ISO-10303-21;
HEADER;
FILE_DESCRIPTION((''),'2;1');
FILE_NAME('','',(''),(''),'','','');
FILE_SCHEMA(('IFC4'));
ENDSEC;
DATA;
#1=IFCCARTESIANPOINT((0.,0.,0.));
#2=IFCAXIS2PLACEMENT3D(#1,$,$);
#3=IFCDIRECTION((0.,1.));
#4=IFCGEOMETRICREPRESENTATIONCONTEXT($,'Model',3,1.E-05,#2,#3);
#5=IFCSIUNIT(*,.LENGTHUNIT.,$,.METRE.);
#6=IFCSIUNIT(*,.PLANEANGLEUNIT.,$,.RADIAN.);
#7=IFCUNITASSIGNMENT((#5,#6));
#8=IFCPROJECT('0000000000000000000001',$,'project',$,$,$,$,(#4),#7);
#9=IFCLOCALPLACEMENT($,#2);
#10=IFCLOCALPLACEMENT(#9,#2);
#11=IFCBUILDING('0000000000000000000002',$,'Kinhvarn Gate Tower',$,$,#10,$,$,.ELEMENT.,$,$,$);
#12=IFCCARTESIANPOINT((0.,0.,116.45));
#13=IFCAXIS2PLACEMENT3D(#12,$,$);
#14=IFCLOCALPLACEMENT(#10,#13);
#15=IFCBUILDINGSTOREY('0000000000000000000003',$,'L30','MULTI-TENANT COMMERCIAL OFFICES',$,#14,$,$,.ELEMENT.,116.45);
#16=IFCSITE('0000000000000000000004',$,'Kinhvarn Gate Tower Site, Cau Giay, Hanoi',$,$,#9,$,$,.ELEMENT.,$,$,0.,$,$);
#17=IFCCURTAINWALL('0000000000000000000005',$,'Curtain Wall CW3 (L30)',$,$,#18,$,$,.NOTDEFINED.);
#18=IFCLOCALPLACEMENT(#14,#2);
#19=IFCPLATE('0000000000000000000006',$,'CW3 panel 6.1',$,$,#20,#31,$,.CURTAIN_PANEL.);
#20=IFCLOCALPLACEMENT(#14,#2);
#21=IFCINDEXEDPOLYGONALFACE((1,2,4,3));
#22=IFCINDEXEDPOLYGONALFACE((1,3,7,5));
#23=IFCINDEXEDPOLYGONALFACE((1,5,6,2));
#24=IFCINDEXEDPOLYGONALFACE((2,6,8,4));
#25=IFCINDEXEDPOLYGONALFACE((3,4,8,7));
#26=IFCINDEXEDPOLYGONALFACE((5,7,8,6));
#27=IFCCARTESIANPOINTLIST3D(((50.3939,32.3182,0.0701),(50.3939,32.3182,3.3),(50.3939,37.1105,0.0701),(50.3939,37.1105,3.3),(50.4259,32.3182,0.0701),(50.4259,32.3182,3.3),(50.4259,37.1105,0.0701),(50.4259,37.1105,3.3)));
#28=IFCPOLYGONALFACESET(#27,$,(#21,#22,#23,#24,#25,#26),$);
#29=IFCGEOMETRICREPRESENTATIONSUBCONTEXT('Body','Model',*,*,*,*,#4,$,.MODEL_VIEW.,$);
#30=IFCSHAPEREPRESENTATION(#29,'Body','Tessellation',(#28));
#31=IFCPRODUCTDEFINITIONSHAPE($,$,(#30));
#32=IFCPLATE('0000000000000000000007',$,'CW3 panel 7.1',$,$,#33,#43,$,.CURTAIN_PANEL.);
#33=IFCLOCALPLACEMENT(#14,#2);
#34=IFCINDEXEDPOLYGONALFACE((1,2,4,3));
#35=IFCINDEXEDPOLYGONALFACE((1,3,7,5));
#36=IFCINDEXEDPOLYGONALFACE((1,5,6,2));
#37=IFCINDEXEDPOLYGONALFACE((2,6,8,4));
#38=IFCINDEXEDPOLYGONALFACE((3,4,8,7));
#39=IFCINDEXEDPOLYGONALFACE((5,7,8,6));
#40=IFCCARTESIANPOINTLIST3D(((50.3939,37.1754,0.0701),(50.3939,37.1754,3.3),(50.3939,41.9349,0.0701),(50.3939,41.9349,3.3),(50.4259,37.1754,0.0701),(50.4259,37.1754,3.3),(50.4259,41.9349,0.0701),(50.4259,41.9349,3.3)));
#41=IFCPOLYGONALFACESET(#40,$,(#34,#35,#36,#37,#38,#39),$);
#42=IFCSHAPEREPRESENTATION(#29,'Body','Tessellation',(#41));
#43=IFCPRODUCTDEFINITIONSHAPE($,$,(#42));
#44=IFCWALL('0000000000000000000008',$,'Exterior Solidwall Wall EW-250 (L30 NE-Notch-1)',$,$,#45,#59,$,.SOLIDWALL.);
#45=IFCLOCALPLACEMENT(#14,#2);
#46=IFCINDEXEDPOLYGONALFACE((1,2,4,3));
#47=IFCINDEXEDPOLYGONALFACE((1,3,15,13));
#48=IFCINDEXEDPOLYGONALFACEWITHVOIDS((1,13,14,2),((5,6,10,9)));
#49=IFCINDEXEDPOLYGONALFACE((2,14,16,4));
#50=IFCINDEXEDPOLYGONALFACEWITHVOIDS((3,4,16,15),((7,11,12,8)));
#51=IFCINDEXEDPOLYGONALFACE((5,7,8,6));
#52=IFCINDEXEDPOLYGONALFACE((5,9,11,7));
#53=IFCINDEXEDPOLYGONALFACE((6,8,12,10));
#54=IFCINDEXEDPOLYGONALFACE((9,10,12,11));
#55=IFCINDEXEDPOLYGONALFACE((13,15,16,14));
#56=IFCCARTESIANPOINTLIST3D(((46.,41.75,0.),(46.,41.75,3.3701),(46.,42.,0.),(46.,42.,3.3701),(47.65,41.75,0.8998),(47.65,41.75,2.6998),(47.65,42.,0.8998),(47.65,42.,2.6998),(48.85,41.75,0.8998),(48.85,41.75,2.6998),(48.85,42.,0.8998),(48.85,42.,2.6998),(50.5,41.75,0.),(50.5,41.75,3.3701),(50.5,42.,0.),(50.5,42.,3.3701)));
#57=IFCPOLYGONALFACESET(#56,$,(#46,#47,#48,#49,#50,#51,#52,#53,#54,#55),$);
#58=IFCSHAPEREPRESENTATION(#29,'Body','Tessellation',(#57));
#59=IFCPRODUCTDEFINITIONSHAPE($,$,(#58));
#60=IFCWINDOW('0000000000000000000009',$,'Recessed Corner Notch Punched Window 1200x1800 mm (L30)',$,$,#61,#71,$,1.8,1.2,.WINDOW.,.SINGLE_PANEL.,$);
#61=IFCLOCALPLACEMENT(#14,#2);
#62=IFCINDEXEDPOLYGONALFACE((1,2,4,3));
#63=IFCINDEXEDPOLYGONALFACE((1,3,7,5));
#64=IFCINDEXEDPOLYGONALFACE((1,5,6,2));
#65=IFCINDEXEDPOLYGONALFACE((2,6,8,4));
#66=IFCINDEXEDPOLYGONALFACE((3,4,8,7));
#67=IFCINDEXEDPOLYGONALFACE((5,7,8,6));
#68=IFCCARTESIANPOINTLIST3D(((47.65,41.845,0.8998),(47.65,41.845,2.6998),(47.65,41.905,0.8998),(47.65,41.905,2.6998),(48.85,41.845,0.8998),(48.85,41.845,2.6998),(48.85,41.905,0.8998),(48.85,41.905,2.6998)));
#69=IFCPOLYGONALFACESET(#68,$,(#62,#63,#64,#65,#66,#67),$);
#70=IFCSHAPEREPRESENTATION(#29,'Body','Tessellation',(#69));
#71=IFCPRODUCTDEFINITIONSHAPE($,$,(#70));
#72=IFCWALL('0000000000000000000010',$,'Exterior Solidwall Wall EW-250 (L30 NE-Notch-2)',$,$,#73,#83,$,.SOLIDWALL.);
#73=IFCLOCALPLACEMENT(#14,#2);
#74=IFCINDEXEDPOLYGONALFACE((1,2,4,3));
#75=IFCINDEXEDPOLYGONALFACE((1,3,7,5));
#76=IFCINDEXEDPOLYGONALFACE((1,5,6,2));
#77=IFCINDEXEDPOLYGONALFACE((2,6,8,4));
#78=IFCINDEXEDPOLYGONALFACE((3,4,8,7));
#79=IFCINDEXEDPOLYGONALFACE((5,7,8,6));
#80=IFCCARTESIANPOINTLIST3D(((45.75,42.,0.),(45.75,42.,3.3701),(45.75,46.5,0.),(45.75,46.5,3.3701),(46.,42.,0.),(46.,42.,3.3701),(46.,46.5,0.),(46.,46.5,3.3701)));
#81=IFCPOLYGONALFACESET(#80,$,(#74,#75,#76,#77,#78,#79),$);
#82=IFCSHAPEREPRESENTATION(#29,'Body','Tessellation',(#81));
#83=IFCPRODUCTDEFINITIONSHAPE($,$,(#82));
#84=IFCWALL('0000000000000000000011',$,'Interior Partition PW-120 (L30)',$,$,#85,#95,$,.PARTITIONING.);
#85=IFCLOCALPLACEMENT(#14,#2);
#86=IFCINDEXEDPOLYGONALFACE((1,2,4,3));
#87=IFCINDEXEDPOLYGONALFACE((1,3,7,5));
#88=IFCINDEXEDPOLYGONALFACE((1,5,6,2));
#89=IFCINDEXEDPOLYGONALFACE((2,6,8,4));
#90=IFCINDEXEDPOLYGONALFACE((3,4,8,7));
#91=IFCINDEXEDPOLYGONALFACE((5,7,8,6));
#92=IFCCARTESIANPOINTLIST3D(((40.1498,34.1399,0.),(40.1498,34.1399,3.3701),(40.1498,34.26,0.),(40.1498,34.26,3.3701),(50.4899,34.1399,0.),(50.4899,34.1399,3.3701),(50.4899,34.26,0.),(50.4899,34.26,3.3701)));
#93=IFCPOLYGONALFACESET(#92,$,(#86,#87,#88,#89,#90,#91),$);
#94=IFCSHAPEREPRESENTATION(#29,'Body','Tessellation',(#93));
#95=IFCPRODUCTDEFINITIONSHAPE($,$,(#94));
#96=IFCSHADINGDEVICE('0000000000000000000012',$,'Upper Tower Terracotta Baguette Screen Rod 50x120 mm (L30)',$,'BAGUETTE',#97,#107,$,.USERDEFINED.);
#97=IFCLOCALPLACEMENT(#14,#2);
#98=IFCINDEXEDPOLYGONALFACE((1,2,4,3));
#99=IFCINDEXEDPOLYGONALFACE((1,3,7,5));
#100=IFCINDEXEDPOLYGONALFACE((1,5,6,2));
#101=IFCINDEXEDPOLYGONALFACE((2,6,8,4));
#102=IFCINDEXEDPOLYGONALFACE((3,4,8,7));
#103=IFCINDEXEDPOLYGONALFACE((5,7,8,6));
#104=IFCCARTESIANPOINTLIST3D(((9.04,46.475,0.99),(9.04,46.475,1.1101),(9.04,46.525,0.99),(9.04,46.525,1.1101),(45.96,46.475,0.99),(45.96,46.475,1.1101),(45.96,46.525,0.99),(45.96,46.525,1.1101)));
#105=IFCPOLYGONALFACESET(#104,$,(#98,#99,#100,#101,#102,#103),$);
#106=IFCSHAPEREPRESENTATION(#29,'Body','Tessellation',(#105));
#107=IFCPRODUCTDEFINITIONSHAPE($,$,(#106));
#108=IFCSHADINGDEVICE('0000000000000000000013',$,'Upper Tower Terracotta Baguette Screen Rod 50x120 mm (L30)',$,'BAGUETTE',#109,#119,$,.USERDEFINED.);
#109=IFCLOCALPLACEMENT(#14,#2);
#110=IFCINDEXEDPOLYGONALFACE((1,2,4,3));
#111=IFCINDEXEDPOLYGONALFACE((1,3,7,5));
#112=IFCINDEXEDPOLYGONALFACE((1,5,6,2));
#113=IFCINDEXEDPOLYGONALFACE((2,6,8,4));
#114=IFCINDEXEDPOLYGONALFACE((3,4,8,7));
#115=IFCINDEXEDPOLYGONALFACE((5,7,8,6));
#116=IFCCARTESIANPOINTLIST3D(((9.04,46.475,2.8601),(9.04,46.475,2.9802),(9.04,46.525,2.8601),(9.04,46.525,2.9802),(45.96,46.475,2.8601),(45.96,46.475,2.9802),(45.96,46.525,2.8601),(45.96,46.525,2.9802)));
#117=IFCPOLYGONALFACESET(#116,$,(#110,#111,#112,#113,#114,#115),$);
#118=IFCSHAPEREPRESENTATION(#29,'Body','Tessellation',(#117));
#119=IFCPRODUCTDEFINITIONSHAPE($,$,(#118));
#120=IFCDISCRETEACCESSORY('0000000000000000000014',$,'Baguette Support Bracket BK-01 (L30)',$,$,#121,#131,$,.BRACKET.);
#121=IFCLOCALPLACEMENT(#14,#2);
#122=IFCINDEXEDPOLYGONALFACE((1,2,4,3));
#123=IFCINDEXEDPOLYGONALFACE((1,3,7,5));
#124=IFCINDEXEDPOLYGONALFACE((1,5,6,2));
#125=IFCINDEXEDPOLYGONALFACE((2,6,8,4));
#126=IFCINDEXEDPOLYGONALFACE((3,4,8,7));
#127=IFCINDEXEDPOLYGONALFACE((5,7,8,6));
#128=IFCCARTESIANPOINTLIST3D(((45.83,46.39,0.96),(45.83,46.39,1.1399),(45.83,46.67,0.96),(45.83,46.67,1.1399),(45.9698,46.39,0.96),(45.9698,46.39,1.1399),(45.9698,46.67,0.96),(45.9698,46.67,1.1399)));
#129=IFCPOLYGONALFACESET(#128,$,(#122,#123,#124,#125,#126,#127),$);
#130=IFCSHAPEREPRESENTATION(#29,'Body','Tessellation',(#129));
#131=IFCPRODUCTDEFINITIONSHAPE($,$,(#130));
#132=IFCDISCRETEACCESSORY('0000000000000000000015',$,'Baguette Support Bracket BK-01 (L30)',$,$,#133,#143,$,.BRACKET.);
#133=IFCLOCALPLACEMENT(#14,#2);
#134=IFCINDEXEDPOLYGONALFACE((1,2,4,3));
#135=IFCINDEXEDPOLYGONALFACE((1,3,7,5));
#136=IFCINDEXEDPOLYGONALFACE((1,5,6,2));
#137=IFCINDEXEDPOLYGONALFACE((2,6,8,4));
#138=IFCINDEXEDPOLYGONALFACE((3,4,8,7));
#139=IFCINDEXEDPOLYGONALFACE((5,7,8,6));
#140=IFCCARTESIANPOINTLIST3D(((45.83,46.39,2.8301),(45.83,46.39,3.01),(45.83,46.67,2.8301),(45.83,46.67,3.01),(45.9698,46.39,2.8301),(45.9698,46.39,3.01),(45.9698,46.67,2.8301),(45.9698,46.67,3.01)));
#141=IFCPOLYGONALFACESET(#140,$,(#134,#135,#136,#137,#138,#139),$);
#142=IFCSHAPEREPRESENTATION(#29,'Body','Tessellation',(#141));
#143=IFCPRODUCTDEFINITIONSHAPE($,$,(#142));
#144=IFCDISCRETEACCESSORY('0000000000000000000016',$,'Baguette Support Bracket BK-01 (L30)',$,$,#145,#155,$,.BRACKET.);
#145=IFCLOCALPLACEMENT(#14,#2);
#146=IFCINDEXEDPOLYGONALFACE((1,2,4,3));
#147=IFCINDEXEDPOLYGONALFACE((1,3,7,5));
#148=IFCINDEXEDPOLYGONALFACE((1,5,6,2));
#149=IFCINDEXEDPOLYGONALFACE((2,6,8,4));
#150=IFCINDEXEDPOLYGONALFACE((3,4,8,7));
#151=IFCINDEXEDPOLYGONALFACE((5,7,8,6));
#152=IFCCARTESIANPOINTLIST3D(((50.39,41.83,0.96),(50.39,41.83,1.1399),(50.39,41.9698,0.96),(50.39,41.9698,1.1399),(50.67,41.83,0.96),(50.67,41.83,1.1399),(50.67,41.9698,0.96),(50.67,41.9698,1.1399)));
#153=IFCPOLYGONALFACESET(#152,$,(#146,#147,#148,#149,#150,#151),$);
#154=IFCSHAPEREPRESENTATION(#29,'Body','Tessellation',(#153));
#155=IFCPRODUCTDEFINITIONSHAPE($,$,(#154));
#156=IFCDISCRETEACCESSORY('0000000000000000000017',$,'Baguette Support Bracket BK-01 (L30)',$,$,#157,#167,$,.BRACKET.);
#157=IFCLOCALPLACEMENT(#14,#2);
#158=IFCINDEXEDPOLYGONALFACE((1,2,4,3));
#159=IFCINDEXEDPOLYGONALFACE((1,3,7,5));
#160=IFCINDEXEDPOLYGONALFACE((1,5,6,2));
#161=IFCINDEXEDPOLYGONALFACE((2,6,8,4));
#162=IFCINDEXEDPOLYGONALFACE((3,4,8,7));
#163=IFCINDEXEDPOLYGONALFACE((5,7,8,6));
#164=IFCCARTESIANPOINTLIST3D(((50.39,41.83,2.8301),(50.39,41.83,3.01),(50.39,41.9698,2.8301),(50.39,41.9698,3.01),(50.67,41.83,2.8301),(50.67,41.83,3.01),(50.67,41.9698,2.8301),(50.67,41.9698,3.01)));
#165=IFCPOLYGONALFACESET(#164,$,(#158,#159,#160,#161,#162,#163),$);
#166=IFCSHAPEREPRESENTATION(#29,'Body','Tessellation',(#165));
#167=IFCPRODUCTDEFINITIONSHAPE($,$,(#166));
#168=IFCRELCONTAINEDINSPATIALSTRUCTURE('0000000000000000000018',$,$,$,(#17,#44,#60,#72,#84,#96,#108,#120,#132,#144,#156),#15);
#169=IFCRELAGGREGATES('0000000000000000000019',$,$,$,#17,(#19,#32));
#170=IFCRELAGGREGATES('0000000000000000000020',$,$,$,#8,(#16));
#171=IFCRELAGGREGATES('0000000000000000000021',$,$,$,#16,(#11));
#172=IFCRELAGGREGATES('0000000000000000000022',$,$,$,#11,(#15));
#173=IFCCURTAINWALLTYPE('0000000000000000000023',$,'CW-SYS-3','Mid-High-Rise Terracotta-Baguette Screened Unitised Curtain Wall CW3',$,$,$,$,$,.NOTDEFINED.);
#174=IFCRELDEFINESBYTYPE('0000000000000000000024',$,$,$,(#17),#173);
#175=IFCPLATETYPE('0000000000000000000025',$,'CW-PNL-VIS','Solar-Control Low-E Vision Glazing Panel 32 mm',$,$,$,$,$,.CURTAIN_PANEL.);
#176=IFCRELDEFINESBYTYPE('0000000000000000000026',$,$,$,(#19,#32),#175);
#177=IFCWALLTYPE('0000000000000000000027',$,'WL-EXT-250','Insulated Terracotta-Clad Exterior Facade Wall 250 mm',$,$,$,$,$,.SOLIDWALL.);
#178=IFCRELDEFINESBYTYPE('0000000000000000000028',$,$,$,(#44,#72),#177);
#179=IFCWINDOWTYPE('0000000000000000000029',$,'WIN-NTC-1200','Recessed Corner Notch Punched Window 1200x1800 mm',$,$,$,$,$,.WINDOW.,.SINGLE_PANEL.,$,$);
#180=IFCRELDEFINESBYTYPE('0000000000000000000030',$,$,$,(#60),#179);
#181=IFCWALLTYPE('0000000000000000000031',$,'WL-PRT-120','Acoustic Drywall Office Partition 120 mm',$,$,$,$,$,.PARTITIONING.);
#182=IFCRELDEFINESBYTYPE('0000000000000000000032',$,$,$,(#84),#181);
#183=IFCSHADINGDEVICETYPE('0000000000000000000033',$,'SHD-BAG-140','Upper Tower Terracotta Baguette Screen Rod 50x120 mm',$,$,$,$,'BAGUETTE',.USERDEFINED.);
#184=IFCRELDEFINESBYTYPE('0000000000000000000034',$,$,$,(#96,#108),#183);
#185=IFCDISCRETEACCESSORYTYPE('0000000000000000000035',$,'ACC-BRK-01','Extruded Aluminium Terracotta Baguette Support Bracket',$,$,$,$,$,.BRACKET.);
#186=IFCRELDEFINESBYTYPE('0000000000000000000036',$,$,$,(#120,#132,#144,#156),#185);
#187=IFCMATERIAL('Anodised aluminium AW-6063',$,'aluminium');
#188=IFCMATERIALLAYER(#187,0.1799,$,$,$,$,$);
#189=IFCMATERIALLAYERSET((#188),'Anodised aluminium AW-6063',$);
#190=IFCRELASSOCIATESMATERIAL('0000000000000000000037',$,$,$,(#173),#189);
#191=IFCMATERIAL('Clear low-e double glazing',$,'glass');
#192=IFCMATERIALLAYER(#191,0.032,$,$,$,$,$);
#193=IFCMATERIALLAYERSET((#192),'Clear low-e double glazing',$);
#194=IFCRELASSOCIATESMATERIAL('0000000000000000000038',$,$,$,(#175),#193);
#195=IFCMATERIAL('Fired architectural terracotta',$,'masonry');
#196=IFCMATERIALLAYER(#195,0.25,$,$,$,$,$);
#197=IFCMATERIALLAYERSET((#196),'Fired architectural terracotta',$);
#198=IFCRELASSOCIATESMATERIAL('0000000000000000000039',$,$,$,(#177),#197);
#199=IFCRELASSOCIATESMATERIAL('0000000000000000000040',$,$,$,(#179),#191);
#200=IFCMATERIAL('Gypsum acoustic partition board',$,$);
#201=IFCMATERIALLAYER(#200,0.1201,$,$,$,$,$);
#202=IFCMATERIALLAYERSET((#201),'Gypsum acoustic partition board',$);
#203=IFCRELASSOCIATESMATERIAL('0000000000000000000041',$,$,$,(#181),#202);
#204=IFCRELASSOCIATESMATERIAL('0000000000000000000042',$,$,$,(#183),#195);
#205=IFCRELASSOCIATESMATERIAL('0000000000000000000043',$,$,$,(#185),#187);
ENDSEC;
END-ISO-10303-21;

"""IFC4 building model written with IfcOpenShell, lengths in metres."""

from ifc_helpers import new_model, si_unit, direction, frame, frame_2d, origin, origin_2d, place, context, subcontext, project, spatial, rectangle, extrude, material, layer, layer_set, material_profile, profile_set, type_object, element, fill, aggregate, save


model = new_model("IFC4")

# Units and contexts
model_context = context("Model", 3, precision=1e-05, world=origin(), true_north=direction((0.0, 1.0)))
body_context = subcontext(model_context, "Body", "Model", "MODEL_VIEW")
ifc_project = project(units=[si_unit("LENGTHUNIT", "METRE"), si_unit("PLANEANGLEUNIT", "RADIAN")], contexts=[model_context])

# Site, building, storey
site_placement = place(None, origin())
site = spatial("IfcSite", under=ifc_project, at=site_placement, Name="Kinhvarn Gate Tower Site, Cau Giay, Hanoi", CompositionType="ELEMENT", RefElevation=0.0)
building_placement = place(site_placement, origin())
building = spatial("IfcBuilding", under=site, at=building_placement, Name="Kinhvarn Gate Tower", CompositionType="ELEMENT")
storey_placement = place(building_placement, frame((0.0, 0.0, 116.45)))
storey = spatial("IfcBuildingStorey", under=building, at=storey_placement, Name="L30", Description="MULTI-TENANT COMMERCIAL OFFICES", CompositionType="ELEMENT", Elevation=116.45)

# Curtain wall
ifc_material_1 = material(Name="Anodised aluminium AW-6063", Category="aluminium")
ifc_layer_1 = layer(ifc_material_1, 0.1799)
ifc_layer_set_1 = layer_set([ifc_layer_1], Name="Anodised aluminium AW-6063")
curtain_wall_type = type_object("IfcCurtainWallType", Name="CW-SYS-3", Description="Mid-High-Rise Terracotta-Baguette Screened Unitised Curtain Wall CW3", PredefinedType="NOTDEFINED", material=ifc_layer_set_1)
curtain_wall_1_placement = place(storey_placement, origin())
curtain_wall_1 = element("IfcCurtainWall", 1, at=curtain_wall_1_placement, inside=storey, type_object=curtain_wall_type, Name="Curtain Wall CW3 (L30)", PredefinedType="NOTDEFINED")

# Plates
ifc_material_2 = material(Name="Clear low-e double glazing", Category="glass")
ifc_layer_2 = layer(ifc_material_2, 0.032)
ifc_layer_set_2 = layer_set([ifc_layer_2], Name="Clear low-e double glazing")
plate_type = type_object("IfcPlateType", Name="CW-PNL-VIS", Description="Solar-Control Low-E Vision Glazing Panel 32 mm", PredefinedType="CURTAIN_PANEL", material=ifc_layer_set_2)
plate_1_placement = place(storey_placement, frame((50.4099, 34.7144, 0.0701), z_axis=(0.0, 0.0, 1.0), x_axis=(0.0, 1.0, 0.0)))
plate_1 = element("IfcPlate", 2, at=plate_1_placement, type_object=plate_type, Name="CW3 panel 6.1", PredefinedType="CURTAIN_PANEL", context=body_context, shape_type="SweptSolid", body=[
    extrude(rectangle(XDim=4.7922, YDim=0.032, at=origin_2d()), origin(), (0.0, 0.0, 1.0), 3.23),
])
plate_2_placement = place(storey_placement, frame((50.4099, 39.5552, 0.0701), z_axis=(0.0, 0.0, 1.0), x_axis=(0.0, 1.0, 0.0)))
plate_2 = element("IfcPlate", 3, at=plate_2_placement, type_object=plate_type, Name="CW3 panel 7.1", PredefinedType="CURTAIN_PANEL", context=body_context, shape_type="SweptSolid", body=[
    extrude(rectangle(XDim=4.7595, YDim=0.032, at=origin_2d()), origin(), (0.0, 0.0, 1.0), 3.23),
])
aggregate(curtain_wall_1, [plate_1, plate_2])

# Wall, opening, window
ifc_material_3 = material(Name="Fired architectural terracotta", Category="masonry")
ifc_layer_3 = layer(ifc_material_3, 0.25)
ifc_layer_set_3 = layer_set([ifc_layer_3], Name="Fired architectural terracotta")
wall_type_1 = type_object("IfcWallType", Name="WL-EXT-250", Description="Insulated Terracotta-Clad Exterior Facade Wall 250 mm", PredefinedType="SOLIDWALL", material=ifc_layer_set_3)
wall_1_placement = place(storey_placement, frame((50.5, 41.875, 0.0), z_axis=(0.0, 0.0, 1.0), x_axis=(-1.0, 0.0, 0.0)))
wall_1 = element("IfcWall", 4, at=wall_1_placement, inside=storey, type_object=wall_type_1, Name="Exterior Solidwall Wall EW-250 (L30 NE-Notch-1)", PredefinedType="SOLIDWALL", context=body_context, shape_type="SweptSolid", body=[
    extrude(rectangle(XDim=4.5, YDim=0.25, at=frame_2d((2.25, 0.0))), origin(), (0.0, 0.0, 1.0), 3.3701),
])
opening_placement = place(wall_1_placement, frame((1.6499, 0.0, 0.8999)))
opening = element("IfcOpeningElement", 5, at=opening_placement, cuts=wall_1, PredefinedType="OPENING", context=body_context, shape_type="SweptSolid", body=[
    extrude(rectangle(XDim=1.2, YDim=1.8, at=frame_2d((0.6001, 0.8999))), frame((0.0, 0.135, 0.0), z_axis=(0.0, -1.0, 0.0), x_axis=(1.0, 0.0, 0.0)), (0.0, 0.0, 1.0), 0.27),
])
window_type = type_object("IfcWindowType", Name="WIN-NTC-1200", Description="Recessed Corner Notch Punched Window 1200x1800 mm", PartitioningType="SINGLE_PANEL", PredefinedType="WINDOW", material=ifc_material_2)
window_placement = place(opening_placement, origin())
window = element("IfcWindow", 6, at=window_placement, inside=storey, type_object=window_type, Name="Recessed Corner Notch Punched Window 1200x1800 mm (L30)", OverallHeight=1.8, OverallWidth=1.2, PartitioningType="SINGLE_PANEL", PredefinedType="WINDOW", context=body_context, shape_type="SweptSolid", body=[
    extrude(rectangle(XDim=1.2, YDim=1.8, at=frame_2d((0.6001, 0.8999))), frame((0.0, 0.03, 0.0), z_axis=(0.0, -1.0, 0.0), x_axis=(1.0, 0.0, 0.0)), (0.0, 0.0, 1.0), 0.0601),
])
fill(opening, window)

# Walls
wall_2_placement = place(storey_placement, frame((45.875, 42.0, 0.0), z_axis=(0.0, 0.0, 1.0), x_axis=(0.0, 1.0, 0.0)))
element("IfcWall", 7, at=wall_2_placement, inside=storey, type_object=wall_type_1, Name="Exterior Solidwall Wall EW-250 (L30 NE-Notch-2)", PredefinedType="SOLIDWALL", context=body_context, shape_type="SweptSolid", body=[
    extrude(rectangle(XDim=4.5, YDim=0.25, at=frame_2d((2.25, 0.0))), origin(), (0.0, 0.0, 1.0), 3.3701),
])
ifc_material_4 = material(Name="Gypsum acoustic partition board")
ifc_layer_4 = layer(ifc_material_4, 0.1201)
ifc_layer_set_4 = layer_set([ifc_layer_4], Name="Gypsum acoustic partition board")
wall_type_2 = type_object("IfcWallType", Name="WL-PRT-120", Description="Acoustic Drywall Office Partition 120 mm", PredefinedType="PARTITIONING", material=ifc_layer_set_4)
wall_3_placement = place(storey_placement, frame((40.1499, 34.2, 0.0), z_axis=(0.0, 0.0, 1.0), x_axis=(1.0, 0.0, 0.0)))
element("IfcWall", 8, at=wall_3_placement, inside=storey, type_object=wall_type_2, Name="Interior Partition PW-120 (L30)", PredefinedType="PARTITIONING", context=body_context, shape_type="SweptSolid", body=[
    extrude(rectangle(XDim=10.3401, YDim=0.1201, at=frame_2d((5.1699, 0.0))), origin(), (0.0, 0.0, 1.0), 3.3701),
])

# Shading devices
ifc_material_profile_1 = material_profile(ifc_material_3, rectangle(XDim=0.05, YDim=0.1201, at=origin_2d()), Name="TC 50x120")
ifc_profile_set_1 = profile_set([ifc_material_profile_1], Name="Fired architectural terracotta")
shading_device_type = type_object("IfcShadingDeviceType", Name="SHD-BAG-140", Description="Upper Tower Terracotta Baguette Screen Rod 50x120 mm", ElementType="BAGUETTE", PredefinedType="USERDEFINED", material=ifc_profile_set_1)
for number, where, z_axis, x_axis, name in (
    (9, (45.96, 46.5, 1.05), (-1.0, 0.0, 0.0), (0.0, -1.0, 0.0), "Upper Tower Terracotta Baguette Screen Rod 50x120 mm (L30)"),
    (10, (45.96, 46.5, 2.9202), (-1.0, 0.0, 0.0), (0.0, -1.0, 0.0), "Upper Tower Terracotta Baguette Screen Rod 50x120 mm (L30)"),
):
    element("IfcShadingDevice", number, at=place(storey_placement, frame(where, z_axis=z_axis, x_axis=x_axis)), inside=storey, type_object=shading_device_type, Name=name, ObjectType="BAGUETTE", PredefinedType="USERDEFINED", context=body_context, shape_type="SweptSolid", body=[
        extrude(rectangle(XDim=0.05, YDim=0.1201, at=origin_2d()), origin(), (0.0, 0.0, 1.0), 36.9199),
    ])

# Discrete accessories
discrete_accessory_type = type_object("IfcDiscreteAccessoryType", Name="ACC-BRK-01", Description="Extruded Aluminium Terracotta Baguette Support Bracket", PredefinedType="BRACKET", material=ifc_material_1)
for number, where, z_axis, x_axis, name in (
    (11, (45.8999, 46.53, 0.96), (0.0, 0.0, 1.0), (-1.0, 0.0, 0.0), "Baguette Support Bracket BK-01 (L30)"),
    (12, (45.8999, 46.53, 2.8301), (0.0, 0.0, 1.0), (-1.0, 0.0, 0.0), "Baguette Support Bracket BK-01 (L30)"),
    (13, (50.53, 41.8999, 0.96), (0.0, 0.0, 1.0), (0.0, 1.0, 0.0), "Baguette Support Bracket BK-01 (L30)"),
    (14, (50.53, 41.8999, 2.8301), (0.0, 0.0, 1.0), (0.0, 1.0, 0.0), "Baguette Support Bracket BK-01 (L30)"),
):
    element("IfcDiscreteAccessory", number, at=place(storey_placement, frame(where, z_axis=z_axis, x_axis=x_axis)), inside=storey, type_object=discrete_accessory_type, Name=name, PredefinedType="BRACKET", context=body_context, shape_type="SweptSolid", body=[
        extrude(rectangle(XDim=0.1399, YDim=0.28, at=origin_2d()), origin(), (0.0, 0.0, 1.0), 0.1799),
    ])

save(model, "model.ifc")
